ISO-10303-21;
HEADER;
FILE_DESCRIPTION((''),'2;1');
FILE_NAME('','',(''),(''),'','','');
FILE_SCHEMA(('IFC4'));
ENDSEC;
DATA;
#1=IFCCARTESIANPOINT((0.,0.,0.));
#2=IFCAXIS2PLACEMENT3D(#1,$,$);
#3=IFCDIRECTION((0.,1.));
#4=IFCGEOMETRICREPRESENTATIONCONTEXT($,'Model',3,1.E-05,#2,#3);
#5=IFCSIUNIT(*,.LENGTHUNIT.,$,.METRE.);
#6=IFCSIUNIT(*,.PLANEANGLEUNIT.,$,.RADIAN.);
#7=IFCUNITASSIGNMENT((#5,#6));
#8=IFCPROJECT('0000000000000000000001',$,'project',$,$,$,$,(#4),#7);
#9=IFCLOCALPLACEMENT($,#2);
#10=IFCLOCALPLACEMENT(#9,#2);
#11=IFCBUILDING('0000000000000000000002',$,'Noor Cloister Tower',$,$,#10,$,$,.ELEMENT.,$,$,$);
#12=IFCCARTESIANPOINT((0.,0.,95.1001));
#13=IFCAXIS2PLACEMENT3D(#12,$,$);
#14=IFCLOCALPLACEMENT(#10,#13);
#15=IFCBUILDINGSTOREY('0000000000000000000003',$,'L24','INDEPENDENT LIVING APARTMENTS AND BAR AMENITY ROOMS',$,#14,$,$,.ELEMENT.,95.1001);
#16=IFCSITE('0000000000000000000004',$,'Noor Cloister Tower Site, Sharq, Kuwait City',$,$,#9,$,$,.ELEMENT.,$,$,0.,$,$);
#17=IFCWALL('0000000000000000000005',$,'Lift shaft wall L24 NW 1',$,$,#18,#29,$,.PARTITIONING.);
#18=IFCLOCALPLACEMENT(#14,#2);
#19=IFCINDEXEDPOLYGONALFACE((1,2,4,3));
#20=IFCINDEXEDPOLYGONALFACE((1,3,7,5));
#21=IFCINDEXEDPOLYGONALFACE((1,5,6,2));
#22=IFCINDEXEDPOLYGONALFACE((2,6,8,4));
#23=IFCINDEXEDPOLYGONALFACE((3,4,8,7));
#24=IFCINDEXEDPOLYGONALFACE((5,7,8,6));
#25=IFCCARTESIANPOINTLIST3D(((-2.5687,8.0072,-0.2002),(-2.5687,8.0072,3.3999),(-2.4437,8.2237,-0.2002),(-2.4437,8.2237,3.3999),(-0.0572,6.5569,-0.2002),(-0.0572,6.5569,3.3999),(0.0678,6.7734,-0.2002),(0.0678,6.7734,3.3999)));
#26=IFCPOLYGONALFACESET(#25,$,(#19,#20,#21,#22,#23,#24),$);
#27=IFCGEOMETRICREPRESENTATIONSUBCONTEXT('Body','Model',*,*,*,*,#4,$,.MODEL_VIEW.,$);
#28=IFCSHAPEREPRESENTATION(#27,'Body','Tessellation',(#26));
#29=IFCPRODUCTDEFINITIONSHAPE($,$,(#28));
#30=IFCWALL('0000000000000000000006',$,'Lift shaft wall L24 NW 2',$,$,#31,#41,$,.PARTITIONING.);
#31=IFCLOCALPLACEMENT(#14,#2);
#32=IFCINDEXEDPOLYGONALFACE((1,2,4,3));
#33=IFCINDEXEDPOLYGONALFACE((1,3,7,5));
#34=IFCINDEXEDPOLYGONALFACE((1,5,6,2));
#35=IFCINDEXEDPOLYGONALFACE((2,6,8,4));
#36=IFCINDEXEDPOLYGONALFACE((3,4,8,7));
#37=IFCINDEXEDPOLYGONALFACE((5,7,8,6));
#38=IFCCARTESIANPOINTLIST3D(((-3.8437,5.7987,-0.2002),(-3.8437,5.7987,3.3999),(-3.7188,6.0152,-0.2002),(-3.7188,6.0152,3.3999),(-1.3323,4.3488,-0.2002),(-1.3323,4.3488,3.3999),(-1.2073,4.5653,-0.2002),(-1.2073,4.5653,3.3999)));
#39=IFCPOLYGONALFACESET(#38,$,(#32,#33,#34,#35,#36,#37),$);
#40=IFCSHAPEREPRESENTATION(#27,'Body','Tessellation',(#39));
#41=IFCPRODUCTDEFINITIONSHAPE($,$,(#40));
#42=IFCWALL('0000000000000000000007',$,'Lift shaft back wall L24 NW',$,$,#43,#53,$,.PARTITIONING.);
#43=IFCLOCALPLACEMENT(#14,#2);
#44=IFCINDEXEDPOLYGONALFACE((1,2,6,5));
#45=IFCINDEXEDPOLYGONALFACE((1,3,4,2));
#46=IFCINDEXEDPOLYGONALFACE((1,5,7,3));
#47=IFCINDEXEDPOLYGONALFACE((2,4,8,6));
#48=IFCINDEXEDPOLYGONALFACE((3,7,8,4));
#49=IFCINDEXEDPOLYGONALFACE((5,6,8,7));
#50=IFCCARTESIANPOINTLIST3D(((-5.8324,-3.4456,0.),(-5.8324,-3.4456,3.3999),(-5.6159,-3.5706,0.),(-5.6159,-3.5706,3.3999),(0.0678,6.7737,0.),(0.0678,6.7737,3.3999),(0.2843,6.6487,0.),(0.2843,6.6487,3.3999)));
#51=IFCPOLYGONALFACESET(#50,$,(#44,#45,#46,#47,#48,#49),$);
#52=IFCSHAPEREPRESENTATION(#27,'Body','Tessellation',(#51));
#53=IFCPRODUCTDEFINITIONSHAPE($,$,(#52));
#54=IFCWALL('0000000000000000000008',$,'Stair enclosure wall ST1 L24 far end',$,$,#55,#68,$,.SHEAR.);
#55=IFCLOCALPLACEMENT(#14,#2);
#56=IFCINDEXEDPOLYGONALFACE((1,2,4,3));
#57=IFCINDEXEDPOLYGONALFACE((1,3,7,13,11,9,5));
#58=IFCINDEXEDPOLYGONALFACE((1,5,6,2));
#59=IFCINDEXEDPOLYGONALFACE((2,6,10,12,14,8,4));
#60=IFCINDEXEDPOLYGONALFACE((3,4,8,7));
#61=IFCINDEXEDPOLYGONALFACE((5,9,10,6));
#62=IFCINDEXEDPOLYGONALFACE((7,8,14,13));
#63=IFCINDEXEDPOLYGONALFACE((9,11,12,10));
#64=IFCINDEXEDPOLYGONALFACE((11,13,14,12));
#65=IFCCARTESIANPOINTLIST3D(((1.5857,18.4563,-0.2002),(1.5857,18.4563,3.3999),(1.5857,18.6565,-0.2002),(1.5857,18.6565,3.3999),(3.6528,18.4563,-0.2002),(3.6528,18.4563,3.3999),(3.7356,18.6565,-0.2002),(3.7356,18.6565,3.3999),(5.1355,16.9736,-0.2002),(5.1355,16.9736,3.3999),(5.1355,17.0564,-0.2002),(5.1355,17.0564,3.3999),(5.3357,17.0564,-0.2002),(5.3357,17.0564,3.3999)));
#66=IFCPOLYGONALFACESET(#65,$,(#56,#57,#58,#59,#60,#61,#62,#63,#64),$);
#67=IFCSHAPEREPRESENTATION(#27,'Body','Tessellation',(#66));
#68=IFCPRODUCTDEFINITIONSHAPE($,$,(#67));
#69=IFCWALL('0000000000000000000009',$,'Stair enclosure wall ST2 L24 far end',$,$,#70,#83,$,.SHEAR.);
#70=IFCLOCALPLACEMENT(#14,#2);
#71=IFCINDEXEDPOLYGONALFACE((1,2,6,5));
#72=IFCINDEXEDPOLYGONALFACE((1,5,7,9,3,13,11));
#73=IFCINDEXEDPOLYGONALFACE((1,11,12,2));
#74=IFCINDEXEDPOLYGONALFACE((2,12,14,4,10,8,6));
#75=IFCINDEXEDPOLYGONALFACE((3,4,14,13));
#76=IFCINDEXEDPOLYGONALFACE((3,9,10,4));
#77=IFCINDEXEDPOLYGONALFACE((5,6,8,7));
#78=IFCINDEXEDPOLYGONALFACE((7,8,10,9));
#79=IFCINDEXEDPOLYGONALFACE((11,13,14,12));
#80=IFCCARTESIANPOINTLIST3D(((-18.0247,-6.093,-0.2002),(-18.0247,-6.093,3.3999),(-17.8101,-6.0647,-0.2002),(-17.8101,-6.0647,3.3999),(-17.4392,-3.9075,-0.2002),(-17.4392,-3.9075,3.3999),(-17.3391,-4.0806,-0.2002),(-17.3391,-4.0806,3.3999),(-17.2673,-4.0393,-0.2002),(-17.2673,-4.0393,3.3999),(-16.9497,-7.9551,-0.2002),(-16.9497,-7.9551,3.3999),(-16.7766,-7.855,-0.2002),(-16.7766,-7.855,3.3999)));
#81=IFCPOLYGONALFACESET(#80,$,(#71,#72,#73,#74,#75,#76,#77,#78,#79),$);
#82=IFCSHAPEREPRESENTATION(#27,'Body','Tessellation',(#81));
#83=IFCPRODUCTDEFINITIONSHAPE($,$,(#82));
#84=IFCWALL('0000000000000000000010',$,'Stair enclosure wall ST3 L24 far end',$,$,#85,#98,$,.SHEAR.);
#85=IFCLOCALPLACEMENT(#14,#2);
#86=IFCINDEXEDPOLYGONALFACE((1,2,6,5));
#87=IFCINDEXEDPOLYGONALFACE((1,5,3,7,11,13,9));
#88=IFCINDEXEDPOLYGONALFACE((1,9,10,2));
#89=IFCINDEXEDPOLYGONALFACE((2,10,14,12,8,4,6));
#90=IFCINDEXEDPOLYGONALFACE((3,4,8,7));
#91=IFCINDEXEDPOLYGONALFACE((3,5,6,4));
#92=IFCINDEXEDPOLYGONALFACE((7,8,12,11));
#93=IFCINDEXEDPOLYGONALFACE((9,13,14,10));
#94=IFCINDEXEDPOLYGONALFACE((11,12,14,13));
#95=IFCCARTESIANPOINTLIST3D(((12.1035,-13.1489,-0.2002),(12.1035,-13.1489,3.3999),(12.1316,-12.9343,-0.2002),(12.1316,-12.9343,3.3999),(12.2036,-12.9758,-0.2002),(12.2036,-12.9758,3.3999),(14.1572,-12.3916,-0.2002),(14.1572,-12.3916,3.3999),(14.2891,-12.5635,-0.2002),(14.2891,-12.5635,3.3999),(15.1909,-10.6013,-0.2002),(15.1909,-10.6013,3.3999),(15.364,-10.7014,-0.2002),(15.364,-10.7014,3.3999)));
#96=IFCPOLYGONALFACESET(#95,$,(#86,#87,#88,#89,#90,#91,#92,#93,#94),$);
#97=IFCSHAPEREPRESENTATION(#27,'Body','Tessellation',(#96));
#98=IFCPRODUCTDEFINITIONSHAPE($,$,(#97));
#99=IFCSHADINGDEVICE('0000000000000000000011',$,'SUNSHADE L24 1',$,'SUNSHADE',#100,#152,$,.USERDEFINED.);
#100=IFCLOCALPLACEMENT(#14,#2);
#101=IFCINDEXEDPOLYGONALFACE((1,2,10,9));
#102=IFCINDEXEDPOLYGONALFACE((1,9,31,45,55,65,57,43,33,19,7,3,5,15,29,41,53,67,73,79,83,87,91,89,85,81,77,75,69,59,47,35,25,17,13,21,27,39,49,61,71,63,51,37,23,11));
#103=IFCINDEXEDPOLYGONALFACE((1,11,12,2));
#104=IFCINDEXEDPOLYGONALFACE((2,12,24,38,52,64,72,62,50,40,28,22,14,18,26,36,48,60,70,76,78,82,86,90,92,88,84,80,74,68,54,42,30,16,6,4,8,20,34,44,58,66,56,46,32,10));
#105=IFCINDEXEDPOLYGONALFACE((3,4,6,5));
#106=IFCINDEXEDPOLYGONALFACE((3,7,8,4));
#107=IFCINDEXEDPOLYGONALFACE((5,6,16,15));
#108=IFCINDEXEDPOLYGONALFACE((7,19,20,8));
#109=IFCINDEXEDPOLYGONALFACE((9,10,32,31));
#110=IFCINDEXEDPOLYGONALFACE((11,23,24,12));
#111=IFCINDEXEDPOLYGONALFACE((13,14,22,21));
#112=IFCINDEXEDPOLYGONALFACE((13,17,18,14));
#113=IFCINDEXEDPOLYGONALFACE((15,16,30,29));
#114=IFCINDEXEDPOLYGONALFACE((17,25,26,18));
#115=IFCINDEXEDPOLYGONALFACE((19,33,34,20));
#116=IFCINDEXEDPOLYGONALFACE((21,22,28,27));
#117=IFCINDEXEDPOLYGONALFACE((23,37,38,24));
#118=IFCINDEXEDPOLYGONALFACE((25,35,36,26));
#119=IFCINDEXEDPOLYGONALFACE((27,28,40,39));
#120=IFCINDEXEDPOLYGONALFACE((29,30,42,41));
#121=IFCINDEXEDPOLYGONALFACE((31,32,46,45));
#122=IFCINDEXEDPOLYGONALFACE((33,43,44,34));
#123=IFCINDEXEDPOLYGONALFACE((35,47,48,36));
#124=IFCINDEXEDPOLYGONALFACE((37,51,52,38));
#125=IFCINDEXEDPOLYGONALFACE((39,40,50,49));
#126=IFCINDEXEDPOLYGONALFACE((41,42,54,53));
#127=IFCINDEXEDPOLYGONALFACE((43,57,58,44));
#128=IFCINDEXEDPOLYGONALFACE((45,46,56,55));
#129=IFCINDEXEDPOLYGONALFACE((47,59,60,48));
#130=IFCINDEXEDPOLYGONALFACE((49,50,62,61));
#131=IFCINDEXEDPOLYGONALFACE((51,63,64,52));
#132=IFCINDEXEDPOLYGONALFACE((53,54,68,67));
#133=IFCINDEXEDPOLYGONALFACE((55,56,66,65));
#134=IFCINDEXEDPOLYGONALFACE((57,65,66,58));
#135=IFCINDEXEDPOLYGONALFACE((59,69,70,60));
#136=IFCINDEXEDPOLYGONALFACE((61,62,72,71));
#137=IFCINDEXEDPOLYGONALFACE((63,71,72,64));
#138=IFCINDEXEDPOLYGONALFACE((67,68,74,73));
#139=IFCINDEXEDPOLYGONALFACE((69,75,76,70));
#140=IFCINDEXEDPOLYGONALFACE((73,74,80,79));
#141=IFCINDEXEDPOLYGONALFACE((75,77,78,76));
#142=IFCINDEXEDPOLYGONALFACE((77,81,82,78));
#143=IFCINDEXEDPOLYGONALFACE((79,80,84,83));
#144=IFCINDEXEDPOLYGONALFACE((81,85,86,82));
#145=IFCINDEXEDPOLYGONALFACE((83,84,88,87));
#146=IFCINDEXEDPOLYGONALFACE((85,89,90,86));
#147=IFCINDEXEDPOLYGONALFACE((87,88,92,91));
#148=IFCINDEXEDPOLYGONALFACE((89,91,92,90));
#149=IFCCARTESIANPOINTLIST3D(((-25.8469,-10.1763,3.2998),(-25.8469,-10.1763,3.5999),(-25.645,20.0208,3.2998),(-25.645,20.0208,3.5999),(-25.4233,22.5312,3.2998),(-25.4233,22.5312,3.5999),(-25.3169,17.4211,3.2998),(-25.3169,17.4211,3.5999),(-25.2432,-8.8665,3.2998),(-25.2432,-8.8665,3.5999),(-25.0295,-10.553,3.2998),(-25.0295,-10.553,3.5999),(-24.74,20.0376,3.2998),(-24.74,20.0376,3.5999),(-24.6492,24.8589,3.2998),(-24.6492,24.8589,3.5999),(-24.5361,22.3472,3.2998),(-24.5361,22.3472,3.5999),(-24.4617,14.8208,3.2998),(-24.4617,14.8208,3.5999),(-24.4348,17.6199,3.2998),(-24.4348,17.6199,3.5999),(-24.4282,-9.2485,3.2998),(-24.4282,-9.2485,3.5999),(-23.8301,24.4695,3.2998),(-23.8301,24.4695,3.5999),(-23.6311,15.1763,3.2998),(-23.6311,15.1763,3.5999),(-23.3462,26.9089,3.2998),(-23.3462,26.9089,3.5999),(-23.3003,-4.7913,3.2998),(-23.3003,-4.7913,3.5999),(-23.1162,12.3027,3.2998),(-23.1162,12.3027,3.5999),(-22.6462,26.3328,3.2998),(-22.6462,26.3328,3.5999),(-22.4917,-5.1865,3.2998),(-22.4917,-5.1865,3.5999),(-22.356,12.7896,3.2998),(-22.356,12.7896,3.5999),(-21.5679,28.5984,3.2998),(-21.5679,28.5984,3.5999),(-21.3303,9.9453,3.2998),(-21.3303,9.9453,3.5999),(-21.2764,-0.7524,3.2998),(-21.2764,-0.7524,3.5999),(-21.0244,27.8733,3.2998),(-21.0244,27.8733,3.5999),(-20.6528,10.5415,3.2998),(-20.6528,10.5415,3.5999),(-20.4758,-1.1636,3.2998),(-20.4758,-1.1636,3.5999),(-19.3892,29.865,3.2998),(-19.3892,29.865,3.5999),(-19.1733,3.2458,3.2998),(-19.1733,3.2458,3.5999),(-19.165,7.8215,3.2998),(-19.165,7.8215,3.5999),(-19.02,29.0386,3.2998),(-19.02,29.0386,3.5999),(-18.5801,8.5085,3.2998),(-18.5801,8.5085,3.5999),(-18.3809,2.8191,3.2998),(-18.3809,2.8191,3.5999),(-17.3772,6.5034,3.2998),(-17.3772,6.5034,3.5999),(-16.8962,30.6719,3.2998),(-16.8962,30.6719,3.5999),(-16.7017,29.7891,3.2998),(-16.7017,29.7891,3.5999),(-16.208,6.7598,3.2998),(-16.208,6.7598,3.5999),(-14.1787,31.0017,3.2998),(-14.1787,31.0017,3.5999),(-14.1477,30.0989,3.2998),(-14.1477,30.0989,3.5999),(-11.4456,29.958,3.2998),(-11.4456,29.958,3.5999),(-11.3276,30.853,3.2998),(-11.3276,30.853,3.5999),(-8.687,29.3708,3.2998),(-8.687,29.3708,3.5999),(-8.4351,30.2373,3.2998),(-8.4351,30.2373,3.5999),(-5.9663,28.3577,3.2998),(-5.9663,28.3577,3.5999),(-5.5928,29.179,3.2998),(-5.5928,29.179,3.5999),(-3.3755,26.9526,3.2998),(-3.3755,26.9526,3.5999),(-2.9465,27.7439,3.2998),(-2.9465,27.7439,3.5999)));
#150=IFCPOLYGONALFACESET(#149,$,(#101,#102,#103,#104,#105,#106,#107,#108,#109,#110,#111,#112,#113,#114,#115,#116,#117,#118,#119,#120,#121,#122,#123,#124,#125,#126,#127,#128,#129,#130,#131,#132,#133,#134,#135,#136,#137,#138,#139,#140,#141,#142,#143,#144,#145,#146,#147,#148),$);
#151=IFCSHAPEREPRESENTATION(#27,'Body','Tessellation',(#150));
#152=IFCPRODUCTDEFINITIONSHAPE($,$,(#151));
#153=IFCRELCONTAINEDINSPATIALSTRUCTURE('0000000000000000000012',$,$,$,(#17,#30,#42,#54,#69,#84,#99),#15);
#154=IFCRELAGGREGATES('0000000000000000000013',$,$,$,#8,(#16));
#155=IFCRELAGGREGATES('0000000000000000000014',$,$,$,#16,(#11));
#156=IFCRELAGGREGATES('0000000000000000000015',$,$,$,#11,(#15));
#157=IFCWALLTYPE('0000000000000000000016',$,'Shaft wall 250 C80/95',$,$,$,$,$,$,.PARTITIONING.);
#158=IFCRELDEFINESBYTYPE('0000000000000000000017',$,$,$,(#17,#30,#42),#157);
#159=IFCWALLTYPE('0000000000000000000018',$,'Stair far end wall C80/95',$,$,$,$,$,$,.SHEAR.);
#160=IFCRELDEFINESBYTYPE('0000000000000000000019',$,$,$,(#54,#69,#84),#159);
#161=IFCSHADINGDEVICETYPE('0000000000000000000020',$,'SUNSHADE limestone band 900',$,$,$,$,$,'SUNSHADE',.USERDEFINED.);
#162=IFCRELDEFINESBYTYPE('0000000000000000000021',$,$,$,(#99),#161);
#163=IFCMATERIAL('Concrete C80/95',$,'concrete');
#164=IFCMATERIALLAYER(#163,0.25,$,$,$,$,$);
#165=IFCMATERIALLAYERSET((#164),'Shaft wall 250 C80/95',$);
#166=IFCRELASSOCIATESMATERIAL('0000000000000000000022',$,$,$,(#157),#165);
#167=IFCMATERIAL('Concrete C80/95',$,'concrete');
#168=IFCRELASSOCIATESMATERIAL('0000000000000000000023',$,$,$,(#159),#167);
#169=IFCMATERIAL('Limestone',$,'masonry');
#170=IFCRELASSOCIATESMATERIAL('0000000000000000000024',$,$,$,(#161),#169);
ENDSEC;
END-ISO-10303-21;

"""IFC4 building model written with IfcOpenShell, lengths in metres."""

from ifc_helpers import new_model, si_unit, direction, frame, frame_2d, origin, place, context, subcontext, project, spatial, polyline, rectangle, outline, extrude, material, layer, layer_set, type_object, element, save


model = new_model("IFC4")

# Units and contexts
model_context = context("Model", 3, precision=1e-05, world=origin(), true_north=direction((0.0, 1.0)))
body_context = subcontext(model_context, "Body", "Model", "MODEL_VIEW")
ifc_project = project(units=[si_unit("LENGTHUNIT", "METRE"), si_unit("PLANEANGLEUNIT", "RADIAN")], contexts=[model_context])

# Site, building, storey
site_placement = place(None, origin())
site = spatial("IfcSite", under=ifc_project, at=site_placement, Name="Noor Cloister Tower Site, Sharq, Kuwait City", CompositionType="ELEMENT", RefElevation=0.0)
building_placement = place(site_placement, origin())
building = spatial("IfcBuilding", under=site, at=building_placement, Name="Noor Cloister Tower", CompositionType="ELEMENT")
storey_placement = place(building_placement, frame((0.0, 0.0, 95.1001)))
storey = spatial("IfcBuildingStorey", under=building, at=storey_placement, Name="L24", Description="INDEPENDENT LIVING APARTMENTS AND BAR AMENITY ROOMS", CompositionType="ELEMENT", Elevation=95.1001)

# Walls
ifc_material_1 = material(Name="Concrete C80/95", Category="concrete")
ifc_layer_1 = layer(ifc_material_1, 0.25)
ifc_layer_set_1 = layer_set([ifc_layer_1], Name="Shaft wall 250 C80/95")
wall_type_1 = type_object("IfcWallType", Name="Shaft wall 250 C80/95", PredefinedType="PARTITIONING", material=ifc_layer_set_1)
wall_1_placement = place(storey_placement, frame((-2.5063, 8.1155, -0.2002), z_axis=(0.0, 0.0, 1.0), x_axis=(0.865996, -0.50005, 0.0)))
element("IfcWall", 1, at=wall_1_placement, inside=storey, type_object=wall_type_1, Name="Lift shaft wall L24 NW 1", PredefinedType="PARTITIONING", context=body_context, shape_type="SweptSolid", body=[
    extrude(rectangle(XDim=2.9001, YDim=0.25, at=frame_2d((1.4502, 0.0))), origin(), (0.0, 0.0, 1.0), 3.6001),
])
wall_2_placement = place(storey_placement, frame((-3.7812, 5.907, -0.2002), z_axis=(0.0, 0.0, 1.0), x_axis=(0.866033, -0.499987, 0.0)))
element("IfcWall", 2, at=wall_2_placement, inside=storey, type_object=wall_type_1, Name="Lift shaft wall L24 NW 2", PredefinedType="PARTITIONING", context=body_context, shape_type="SweptSolid", body=[
    extrude(rectangle(XDim=2.8999, YDim=0.25, at=frame_2d((1.45, 0.0))), origin(), (0.0, 0.0, 1.0), 3.6001),
])
wall_3_placement = place(storey_placement, frame((0.176, 6.7112, 0.0), z_axis=(0.0, 0.0, 1.0), x_axis=(-0.500004, -0.866023, 0.0)))
element("IfcWall", 3, at=wall_3_placement, inside=storey, type_object=wall_type_1, Name="Lift shaft back wall L24 NW", PredefinedType="PARTITIONING", context=body_context, shape_type="SweptSolid", body=[
    extrude(rectangle(XDim=11.8003, YDim=0.25, at=frame_2d((5.9001, 0.0))), origin(), (0.0, 0.0, 1.0), 3.3999),
])
ifc_material_2 = material(Name="Concrete C80/95", Category="concrete")
wall_type_2 = type_object("IfcWallType", Name="Stair far end wall C80/95", PredefinedType="SHEAR", material=ifc_material_2)
wall_4_placement = place(storey_placement, frame((0.0, 0.0, -0.2002)))
element("IfcWall", 4, at=wall_4_placement, inside=storey, type_object=wall_type_2, Name="Stair enclosure wall ST1 L24 far end", PredefinedType="SHEAR", context=body_context, shape_type="SweptSolid", body=[
    extrude(outline(polyline([(5.3357, 17.0564), (3.7356, 18.6565), (1.5857, 18.6565), (1.5857, 18.4563), (3.6528, 18.4563), (5.1355, 16.9736), (5.1355, 17.0564), (5.1355, 17.0564), (5.1355, 17.0564), (5.1355, 17.0564), (5.1355, 17.0564), (5.1355, 17.0564), (5.1355, 17.0564), (5.1355, 17.0564), (5.1355, 17.0564), (5.1355, 17.0564), (5.1355, 17.0564), (5.1355, 17.0564), (5.1355, 17.0564), (5.1355, 17.0564), (5.1355, 17.0564), (5.1355, 17.0564), (5.1355, 17.0564), (5.3357, 17.0564)])), origin(), (0.0, 0.0, 1.0), 3.6001),
])
wall_5_placement = place(storey_placement, frame((0.0, 0.0, -0.2002)))
element("IfcWall", 5, at=wall_5_placement, inside=storey, type_object=wall_type_2, Name="Stair enclosure wall ST2 L24 far end", PredefinedType="SHEAR", context=body_context, shape_type="SweptSolid", body=[
    extrude(outline(polyline([(-17.4392, -3.9075), (-18.0247, -6.093), (-16.9497, -7.9551), (-16.7766, -7.855), (-17.8101, -6.0647), (-17.2673, -4.0393), (-17.3391, -4.0806), (-17.3391, -4.0806), (-17.3391, -4.0806), (-17.3391, -4.0806), (-17.3391, -4.0806), (-17.3391, -4.0806), (-17.3391, -4.0806), (-17.3391, -4.0806), (-17.3391, -4.0806), (-17.3391, -4.0806), (-17.3391, -4.0806), (-17.3391, -4.0806), (-17.3391, -4.0806), (-17.3391, -4.0806), (-17.3391, -4.0806), (-17.3391, -4.0806), (-17.3391, -4.0806), (-17.4392, -3.9075)])), origin(), (0.0, 0.0, 1.0), 3.6001),
])
wall_6_placement = place(storey_placement, frame((0.0, 0.0, -0.2002)))
element("IfcWall", 6, at=wall_6_placement, inside=storey, type_object=wall_type_2, Name="Stair enclosure wall ST3 L24 far end", PredefinedType="SHEAR", context=body_context, shape_type="SweptSolid", body=[
    extrude(outline(polyline([(12.1035, -13.1489), (14.2891, -12.5635), (15.364, -10.7014), (15.1909, -10.6013), (14.1572, -12.3916), (12.1316, -12.9343), (12.2036, -12.9758), (12.2036, -12.9758), (12.2036, -12.9758), (12.2036, -12.9758), (12.2036, -12.9758), (12.2036, -12.9758), (12.2036, -12.9758), (12.2036, -12.9758), (12.2036, -12.9758), (12.2036, -12.9758), (12.2036, -12.9758), (12.2036, -12.9758), (12.2036, -12.9758), (12.2036, -12.9758), (12.2036, -12.9758), (12.2036, -12.9758), (12.2036, -12.9758), (12.1035, -13.1489)])), origin(), (0.0, 0.0, 1.0), 3.6001),
])

# Shading device
ifc_material_3 = material(Name="Limestone", Category="masonry")
shading_device_type = type_object("IfcShadingDeviceType", Name="SUNSHADE limestone band 900", ElementType="SUNSHADE", PredefinedType="USERDEFINED", material=ifc_material_3)
shading_device_1_placement = place(storey_placement, frame((0.0, 0.0, 3.2998)))
element("IfcShadingDevice", 7, at=shading_device_1_placement, inside=storey, type_object=shading_device_type, Name="SUNSHADE L24 1", ObjectType="SUNSHADE", PredefinedType="USERDEFINED", context=body_context, shape_type="SweptSolid", body=[
    extrude(outline(polyline([(-2.9465, 27.7439), (-5.5928, 29.179), (-8.4351, 30.2373), (-11.3276, 30.853), (-14.1787, 31.0017), (-16.8962, 30.6719), (-19.3892, 29.865), (-21.5679, 28.5984), (-23.3462, 26.9089), (-24.6492, 24.8589), (-25.4233, 22.5312), (-25.645, 20.0208), (-25.3169, 17.4211), (-24.4617, 14.8208), (-23.1162, 12.3027), (-21.3303, 9.9453), (-19.165, 7.8215), (-17.3772, 6.5034), (-19.1733, 3.2458), (-21.2764, -0.7524), (-23.3003, -4.7913), (-25.2432, -8.8665), (-25.8469, -10.1763), (-25.0295, -10.553), (-24.4282, -9.2485), (-22.4917, -5.1865), (-20.4758, -1.1636), (-18.3809, 2.8191), (-16.208, 6.7598), (-18.5801, 8.5085), (-20.6528, 10.5415), (-22.356, 12.7896), (-23.6311, 15.1763), (-24.4348, 17.6199), (-24.74, 20.0376), (-24.5361, 22.3472), (-23.8301, 24.4695), (-22.6462, 26.3328), (-21.0244, 27.8733), (-19.02, 29.0386), (-16.7017, 29.7891), (-14.1477, 30.0989), (-11.4456, 29.958), (-8.687, 29.3708), (-5.9663, 28.3577), (-3.3755, 26.9526), (-2.9465, 27.7439)])), origin(), (0.0, 0.0, 1.0), 0.3),
])

save(model, "model.ifc")
